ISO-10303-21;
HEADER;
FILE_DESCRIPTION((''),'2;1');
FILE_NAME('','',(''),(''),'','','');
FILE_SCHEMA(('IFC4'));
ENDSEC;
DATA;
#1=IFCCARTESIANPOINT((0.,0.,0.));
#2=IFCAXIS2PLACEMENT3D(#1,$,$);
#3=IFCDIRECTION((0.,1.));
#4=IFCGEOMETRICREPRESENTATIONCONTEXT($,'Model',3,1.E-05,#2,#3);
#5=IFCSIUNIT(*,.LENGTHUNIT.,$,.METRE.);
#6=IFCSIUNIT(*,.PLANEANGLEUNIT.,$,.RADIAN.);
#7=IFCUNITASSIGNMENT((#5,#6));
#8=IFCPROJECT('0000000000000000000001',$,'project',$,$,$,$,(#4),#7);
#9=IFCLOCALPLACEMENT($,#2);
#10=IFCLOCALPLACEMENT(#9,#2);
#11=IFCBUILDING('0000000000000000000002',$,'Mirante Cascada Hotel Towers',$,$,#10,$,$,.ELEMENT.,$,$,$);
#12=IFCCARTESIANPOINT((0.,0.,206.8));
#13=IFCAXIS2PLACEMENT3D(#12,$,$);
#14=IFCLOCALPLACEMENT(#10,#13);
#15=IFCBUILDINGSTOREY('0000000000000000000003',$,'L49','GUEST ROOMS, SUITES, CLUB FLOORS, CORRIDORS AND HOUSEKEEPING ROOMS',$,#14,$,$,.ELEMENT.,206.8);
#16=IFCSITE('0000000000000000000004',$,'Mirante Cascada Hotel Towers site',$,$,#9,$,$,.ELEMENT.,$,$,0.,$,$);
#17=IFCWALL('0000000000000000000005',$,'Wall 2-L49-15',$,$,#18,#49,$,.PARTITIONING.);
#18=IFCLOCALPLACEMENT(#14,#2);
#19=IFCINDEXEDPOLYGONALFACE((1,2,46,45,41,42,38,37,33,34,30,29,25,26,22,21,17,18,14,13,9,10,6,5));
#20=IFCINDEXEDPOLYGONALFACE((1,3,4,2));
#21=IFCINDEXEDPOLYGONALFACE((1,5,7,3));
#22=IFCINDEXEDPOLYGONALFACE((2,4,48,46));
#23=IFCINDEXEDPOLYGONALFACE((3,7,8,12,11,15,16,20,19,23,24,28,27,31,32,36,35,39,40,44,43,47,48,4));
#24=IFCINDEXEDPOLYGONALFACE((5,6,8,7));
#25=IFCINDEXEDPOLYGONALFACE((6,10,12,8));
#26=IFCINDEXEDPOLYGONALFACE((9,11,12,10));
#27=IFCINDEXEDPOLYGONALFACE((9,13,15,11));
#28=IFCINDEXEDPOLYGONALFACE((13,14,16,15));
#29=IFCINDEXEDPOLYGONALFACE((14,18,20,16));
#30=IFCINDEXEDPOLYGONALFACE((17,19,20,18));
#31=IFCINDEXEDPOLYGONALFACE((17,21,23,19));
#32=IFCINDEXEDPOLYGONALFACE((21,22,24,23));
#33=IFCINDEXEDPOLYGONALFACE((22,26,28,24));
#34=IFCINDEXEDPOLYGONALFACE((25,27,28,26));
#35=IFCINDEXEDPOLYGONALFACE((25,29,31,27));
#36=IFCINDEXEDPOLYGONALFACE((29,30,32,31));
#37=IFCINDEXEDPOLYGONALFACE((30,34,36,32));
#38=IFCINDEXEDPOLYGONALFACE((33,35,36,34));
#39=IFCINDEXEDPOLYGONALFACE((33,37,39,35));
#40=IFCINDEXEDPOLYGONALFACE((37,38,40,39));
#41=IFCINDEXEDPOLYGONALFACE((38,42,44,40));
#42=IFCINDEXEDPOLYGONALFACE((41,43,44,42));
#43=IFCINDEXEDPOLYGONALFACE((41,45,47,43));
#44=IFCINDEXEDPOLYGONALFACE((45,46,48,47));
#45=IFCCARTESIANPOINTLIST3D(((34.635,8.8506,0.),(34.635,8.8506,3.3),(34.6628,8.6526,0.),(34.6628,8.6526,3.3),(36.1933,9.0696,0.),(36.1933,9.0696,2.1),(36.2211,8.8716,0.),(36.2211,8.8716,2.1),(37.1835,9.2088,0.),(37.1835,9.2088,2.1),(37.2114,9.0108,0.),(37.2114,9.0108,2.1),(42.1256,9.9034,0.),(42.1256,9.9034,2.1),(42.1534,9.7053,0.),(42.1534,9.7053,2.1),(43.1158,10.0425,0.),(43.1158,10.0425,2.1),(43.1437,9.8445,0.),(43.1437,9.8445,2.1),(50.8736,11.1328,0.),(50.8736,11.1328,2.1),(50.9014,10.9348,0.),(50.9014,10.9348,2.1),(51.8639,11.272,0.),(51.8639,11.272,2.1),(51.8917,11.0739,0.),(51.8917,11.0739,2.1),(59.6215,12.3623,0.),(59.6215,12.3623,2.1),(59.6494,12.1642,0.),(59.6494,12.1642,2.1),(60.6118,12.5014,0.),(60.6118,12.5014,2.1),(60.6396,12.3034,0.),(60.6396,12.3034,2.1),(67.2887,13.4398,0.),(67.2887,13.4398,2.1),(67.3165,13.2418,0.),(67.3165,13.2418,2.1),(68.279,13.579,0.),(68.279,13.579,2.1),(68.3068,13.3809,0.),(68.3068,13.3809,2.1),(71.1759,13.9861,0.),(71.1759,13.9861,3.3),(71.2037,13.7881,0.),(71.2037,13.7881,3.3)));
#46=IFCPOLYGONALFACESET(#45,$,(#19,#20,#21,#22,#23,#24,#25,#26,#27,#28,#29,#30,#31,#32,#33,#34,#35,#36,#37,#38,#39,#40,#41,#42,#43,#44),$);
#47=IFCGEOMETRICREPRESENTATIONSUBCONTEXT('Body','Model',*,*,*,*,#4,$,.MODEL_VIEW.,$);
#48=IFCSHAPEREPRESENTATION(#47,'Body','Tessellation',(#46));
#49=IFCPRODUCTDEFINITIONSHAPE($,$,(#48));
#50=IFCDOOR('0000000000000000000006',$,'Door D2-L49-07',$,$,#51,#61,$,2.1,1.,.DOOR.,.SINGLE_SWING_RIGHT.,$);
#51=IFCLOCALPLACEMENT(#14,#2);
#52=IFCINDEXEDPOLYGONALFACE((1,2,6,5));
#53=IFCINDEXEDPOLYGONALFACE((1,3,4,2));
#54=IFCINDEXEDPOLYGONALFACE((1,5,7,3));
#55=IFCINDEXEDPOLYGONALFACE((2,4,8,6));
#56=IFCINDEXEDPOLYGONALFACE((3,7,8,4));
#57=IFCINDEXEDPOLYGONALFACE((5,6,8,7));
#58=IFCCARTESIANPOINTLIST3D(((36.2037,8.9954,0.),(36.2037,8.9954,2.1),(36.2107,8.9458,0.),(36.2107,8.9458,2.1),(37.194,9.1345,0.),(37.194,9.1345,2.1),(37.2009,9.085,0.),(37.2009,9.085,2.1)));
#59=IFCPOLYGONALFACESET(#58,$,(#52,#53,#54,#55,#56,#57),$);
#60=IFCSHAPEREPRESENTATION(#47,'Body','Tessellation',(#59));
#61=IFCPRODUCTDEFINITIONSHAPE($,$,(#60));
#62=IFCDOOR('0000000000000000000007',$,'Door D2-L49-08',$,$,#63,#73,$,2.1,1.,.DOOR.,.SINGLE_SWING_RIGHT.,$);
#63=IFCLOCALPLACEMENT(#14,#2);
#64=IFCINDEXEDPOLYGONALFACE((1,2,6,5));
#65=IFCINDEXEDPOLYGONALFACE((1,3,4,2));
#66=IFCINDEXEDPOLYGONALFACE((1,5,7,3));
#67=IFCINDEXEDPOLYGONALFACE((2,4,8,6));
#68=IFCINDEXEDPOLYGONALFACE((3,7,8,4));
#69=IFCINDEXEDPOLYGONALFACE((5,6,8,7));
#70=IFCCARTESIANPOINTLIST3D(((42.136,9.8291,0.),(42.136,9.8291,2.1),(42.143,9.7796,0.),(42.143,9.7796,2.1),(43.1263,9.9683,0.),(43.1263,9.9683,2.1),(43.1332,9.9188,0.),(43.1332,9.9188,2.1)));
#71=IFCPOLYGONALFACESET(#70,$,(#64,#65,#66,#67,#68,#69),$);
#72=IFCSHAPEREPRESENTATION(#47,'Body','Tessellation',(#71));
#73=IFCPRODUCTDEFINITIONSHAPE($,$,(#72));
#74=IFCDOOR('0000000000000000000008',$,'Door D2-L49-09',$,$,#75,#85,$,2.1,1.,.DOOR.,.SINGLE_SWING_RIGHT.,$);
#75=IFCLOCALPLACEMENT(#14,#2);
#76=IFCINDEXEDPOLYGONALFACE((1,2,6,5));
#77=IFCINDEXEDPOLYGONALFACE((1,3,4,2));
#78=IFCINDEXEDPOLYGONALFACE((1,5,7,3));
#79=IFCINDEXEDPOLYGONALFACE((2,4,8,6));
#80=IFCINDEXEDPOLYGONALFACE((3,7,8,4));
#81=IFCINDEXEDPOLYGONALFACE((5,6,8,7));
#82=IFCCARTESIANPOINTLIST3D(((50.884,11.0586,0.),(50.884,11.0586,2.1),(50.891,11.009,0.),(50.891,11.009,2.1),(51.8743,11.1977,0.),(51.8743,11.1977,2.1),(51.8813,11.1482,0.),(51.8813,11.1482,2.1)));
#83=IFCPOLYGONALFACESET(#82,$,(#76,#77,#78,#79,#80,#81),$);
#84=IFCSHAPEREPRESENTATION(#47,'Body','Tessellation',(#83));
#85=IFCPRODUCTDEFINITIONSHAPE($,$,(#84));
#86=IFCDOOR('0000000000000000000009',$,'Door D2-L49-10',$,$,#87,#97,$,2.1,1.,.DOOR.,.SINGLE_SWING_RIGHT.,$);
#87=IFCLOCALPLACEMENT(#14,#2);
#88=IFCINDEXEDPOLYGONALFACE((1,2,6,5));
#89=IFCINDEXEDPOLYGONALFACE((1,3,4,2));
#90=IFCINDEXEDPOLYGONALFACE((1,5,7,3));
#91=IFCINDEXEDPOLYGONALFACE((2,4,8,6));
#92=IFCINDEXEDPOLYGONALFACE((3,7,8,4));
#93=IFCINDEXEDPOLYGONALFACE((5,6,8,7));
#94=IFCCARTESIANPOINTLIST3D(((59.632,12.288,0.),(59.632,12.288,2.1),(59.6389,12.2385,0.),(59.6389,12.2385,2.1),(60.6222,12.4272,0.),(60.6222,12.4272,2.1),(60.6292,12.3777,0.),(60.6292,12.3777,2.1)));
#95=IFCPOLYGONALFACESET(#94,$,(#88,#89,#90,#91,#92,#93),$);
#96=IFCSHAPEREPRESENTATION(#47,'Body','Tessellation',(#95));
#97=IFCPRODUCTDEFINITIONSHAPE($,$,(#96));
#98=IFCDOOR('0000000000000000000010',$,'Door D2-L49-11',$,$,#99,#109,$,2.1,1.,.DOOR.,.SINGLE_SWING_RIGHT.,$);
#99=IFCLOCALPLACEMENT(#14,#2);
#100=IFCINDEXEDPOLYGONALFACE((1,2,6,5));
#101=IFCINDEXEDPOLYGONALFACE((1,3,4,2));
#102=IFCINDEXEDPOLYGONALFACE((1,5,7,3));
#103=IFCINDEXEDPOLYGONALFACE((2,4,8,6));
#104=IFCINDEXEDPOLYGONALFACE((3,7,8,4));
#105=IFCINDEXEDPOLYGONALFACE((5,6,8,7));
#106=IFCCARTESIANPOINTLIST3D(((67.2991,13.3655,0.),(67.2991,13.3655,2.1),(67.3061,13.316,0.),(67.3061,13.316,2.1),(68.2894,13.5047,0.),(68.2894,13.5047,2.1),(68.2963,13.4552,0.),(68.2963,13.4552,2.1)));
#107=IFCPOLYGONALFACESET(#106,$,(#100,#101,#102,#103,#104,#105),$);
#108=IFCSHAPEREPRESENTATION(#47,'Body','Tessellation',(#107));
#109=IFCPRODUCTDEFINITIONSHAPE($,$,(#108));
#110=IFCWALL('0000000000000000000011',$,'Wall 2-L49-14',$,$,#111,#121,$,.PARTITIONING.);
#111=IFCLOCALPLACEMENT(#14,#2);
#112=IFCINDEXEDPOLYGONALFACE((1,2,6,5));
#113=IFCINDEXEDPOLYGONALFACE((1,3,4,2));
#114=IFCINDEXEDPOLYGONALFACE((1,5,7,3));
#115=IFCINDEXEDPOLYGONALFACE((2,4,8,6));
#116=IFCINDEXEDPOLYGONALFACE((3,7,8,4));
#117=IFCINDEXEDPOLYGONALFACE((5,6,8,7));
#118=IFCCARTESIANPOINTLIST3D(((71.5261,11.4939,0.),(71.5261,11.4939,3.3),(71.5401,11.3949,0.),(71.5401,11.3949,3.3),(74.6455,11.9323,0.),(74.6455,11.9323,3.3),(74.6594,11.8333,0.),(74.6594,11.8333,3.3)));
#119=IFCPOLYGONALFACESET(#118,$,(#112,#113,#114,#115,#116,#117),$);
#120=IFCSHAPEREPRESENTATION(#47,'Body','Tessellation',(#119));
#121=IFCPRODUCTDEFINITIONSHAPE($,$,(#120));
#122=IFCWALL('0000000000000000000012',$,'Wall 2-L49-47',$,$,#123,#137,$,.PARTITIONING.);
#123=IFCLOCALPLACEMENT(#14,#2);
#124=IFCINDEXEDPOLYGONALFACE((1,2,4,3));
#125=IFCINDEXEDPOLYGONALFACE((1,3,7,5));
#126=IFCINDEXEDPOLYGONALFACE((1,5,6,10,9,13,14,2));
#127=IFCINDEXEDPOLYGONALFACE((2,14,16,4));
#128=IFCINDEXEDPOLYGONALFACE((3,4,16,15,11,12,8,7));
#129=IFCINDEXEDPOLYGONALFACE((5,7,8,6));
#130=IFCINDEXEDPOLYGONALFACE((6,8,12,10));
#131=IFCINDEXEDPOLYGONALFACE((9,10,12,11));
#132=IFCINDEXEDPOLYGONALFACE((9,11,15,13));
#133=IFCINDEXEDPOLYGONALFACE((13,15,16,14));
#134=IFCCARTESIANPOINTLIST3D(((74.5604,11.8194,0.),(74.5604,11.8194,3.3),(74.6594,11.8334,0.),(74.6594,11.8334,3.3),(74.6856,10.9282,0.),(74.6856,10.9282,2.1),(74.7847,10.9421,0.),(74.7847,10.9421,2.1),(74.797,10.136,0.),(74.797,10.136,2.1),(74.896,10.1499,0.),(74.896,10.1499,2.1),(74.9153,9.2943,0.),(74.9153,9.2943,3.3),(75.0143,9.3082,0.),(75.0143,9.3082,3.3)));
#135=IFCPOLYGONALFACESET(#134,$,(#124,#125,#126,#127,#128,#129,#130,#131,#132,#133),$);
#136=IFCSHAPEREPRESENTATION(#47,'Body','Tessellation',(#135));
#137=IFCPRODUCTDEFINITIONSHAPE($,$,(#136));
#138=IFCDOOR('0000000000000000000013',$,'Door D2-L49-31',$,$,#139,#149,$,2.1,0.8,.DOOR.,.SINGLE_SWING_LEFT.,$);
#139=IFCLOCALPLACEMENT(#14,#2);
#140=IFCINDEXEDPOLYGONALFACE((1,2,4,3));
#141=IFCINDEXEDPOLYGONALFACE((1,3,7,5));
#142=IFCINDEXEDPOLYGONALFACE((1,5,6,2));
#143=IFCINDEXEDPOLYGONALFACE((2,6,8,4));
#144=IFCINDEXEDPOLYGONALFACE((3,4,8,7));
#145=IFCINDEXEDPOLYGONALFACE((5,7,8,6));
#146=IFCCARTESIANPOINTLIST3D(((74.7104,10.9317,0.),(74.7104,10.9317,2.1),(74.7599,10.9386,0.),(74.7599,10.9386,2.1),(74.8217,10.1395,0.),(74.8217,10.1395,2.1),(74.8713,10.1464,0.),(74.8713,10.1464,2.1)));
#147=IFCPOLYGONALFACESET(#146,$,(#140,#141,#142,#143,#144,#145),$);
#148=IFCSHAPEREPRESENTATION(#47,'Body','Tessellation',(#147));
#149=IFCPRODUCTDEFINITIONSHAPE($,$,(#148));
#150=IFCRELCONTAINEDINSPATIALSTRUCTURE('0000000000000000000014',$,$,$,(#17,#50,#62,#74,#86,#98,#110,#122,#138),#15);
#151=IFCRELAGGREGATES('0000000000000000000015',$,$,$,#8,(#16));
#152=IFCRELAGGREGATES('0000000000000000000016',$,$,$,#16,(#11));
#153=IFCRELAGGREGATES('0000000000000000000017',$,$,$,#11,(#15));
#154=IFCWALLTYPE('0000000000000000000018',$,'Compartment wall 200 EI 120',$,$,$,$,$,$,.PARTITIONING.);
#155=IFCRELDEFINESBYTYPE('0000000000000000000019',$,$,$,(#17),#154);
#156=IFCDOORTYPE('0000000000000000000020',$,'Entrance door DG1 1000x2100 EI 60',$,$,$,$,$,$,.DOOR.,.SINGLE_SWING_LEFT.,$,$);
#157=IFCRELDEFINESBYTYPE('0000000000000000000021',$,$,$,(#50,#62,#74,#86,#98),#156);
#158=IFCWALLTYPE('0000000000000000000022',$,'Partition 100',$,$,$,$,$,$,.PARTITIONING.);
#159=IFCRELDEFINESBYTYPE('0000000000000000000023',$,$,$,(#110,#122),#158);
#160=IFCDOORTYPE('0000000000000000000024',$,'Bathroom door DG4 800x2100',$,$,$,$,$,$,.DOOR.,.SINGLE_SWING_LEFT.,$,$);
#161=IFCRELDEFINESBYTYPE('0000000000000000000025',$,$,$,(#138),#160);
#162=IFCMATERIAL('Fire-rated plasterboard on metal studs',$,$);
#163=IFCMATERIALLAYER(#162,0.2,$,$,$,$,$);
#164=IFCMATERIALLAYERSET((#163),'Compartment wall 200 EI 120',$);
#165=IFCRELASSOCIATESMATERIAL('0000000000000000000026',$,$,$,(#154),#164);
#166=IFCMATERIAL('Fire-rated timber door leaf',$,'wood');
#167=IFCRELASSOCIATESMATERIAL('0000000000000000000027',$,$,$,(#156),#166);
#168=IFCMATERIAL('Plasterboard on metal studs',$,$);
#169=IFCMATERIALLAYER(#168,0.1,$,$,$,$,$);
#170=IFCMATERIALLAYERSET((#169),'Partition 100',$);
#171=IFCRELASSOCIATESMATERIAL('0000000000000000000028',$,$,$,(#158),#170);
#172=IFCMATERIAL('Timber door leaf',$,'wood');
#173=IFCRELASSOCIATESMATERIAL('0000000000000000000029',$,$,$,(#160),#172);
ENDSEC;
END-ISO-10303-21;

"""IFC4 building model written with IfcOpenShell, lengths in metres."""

from ifc_helpers import new_model, si_unit, direction, frame, frame_2d, origin, place, context, subcontext, project, spatial, rectangle, extrude, material, layer, layer_set, type_object, element, fill, save


model = new_model("IFC4")

# Units and contexts
model_context = context("Model", 3, precision=1e-05, world=origin(), true_north=direction((0.0, 1.0)))
body_context = subcontext(model_context, "Body", "Model", "MODEL_VIEW")
ifc_project = project(units=[si_unit("LENGTHUNIT", "METRE"), si_unit("PLANEANGLEUNIT", "RADIAN")], contexts=[model_context])

# Site, building, storey
site_placement = place(None, origin())
site = spatial("IfcSite", under=ifc_project, at=site_placement, Name="Mirante Cascada Hotel Towers site", CompositionType="ELEMENT", RefElevation=0.0)
building_placement = place(site_placement, origin())
building = spatial("IfcBuilding", under=site, at=building_placement, Name="Mirante Cascada Hotel Towers", CompositionType="ELEMENT")
storey_placement = place(building_placement, frame((0.0, 0.0, 206.8)))
storey = spatial("IfcBuildingStorey", under=building, at=storey_placement, Name="L49", Description="GUEST ROOMS, SUITES, CLUB FLOORS, CORRIDORS AND HOUSEKEEPING ROOMS", CompositionType="ELEMENT", Elevation=206.8)

# Shared definitions
ifc_material_1 = material(Name="Fire-rated plasterboard on metal studs")
ifc_layer_1 = layer(ifc_material_1, 0.2)
ifc_layer_set_1 = layer_set([ifc_layer_1], Name="Compartment wall 200 EI 120")
wall_type_1 = type_object("IfcWallType", Name="Compartment wall 200 EI 120", PredefinedType="PARTITIONING", material=ifc_layer_set_1)

# Wall, openings, doors
wall_1_placement = place(storey_placement, frame((71.1898, 13.8871, 0.0), z_axis=(0.0, 0.0, 1.0), x_axis=(-0.990268, -0.139173, 0.0)))
wall_1 = element("IfcWall", 1, at=wall_1_placement, inside=storey, type_object=wall_type_1, Name="Wall 2-L49-15", PredefinedType="PARTITIONING", context=body_context, shape_type="SweptSolid", body=[
    extrude(rectangle(XDim=36.9, YDim=0.2, at=frame_2d((18.45, 0.0))), origin(), (0.0, 0.0, 1.0), 3.3),
])
opening_1_placement = place(wall_1_placement, frame((34.3264, 0.0, 0.0)))
opening_1 = element("IfcOpeningElement", 2, at=opening_1_placement, cuts=wall_1, PredefinedType="OPENING", context=body_context, shape_type="SweptSolid", body=[
    extrude(rectangle(XDim=1.0, YDim=2.1, at=frame_2d((0.5, 1.05))), frame((0.0, 0.1, 0.0), z_axis=(0.0, -1.0, 0.0), x_axis=(1.0, 0.0, 0.0)), (0.0, 0.0, 1.0), 0.2),
])
opening_2_placement = place(wall_1_placement, frame((28.3358, 0.0, 0.0)))
opening_2 = element("IfcOpeningElement", 3, at=opening_2_placement, cuts=wall_1, PredefinedType="OPENING", context=body_context, shape_type="SweptSolid", body=[
    extrude(rectangle(XDim=1.0, YDim=2.1, at=frame_2d((0.5, 1.05))), frame((0.0, 0.1, 0.0), z_axis=(0.0, -1.0, 0.0), x_axis=(1.0, 0.0, 0.0)), (0.0, 0.0, 1.0), 0.2),
])
opening_3_placement = place(wall_1_placement, frame((19.5018, 0.0, 0.0)))
opening_3 = element("IfcOpeningElement", 4, at=opening_3_placement, cuts=wall_1, PredefinedType="OPENING", context=body_context, shape_type="SweptSolid", body=[
    extrude(rectangle(XDim=1.0, YDim=2.1, at=frame_2d((0.5, 1.05))), frame((0.0, 0.1, 0.0), z_axis=(0.0, -1.0, 0.0), x_axis=(1.0, 0.0, 0.0)), (0.0, 0.0, 1.0), 0.2),
])
opening_4_placement = place(wall_1_placement, frame((10.6679, 0.0, 0.0)))
opening_4 = element("IfcOpeningElement", 5, at=opening_4_placement, cuts=wall_1, PredefinedType="OPENING", context=body_context, shape_type="SweptSolid", body=[
    extrude(rectangle(XDim=1.0, YDim=2.1, at=frame_2d((0.5, 1.05))), frame((0.0, 0.1, 0.0), z_axis=(0.0, -1.0, 0.0), x_axis=(1.0, 0.0, 0.0)), (0.0, 0.0, 1.0), 0.2),
])
opening_5_placement = place(wall_1_placement, frame((2.9254, 0.0, 0.0)))
opening_5 = element("IfcOpeningElement", 6, at=opening_5_placement, cuts=wall_1, PredefinedType="OPENING", context=body_context, shape_type="SweptSolid", body=[
    extrude(rectangle(XDim=1.0, YDim=2.1, at=frame_2d((0.5, 1.05))), frame((0.0, 0.1, 0.0), z_axis=(0.0, -1.0, 0.0), x_axis=(1.0, 0.0, 0.0)), (0.0, 0.0, 1.0), 0.2),
])
ifc_material_2 = material(Name="Fire-rated timber door leaf", Category="wood")
door_type_1 = type_object("IfcDoorType", Name="Entrance door DG1 1000x2100 EI 60", OperationType="SINGLE_SWING_LEFT", PredefinedType="DOOR", material=ifc_material_2)
door_1_placement = place(opening_1_placement, frame((1.0, 0.0, 0.0), z_axis=(0.0, 0.0, 1.0), x_axis=(-1.0, 0.0, 0.0)))
door_1 = element("IfcDoor", 7, at=door_1_placement, inside=storey, type_object=door_type_1, Name="Door D2-L49-07", OperationType="SINGLE_SWING_RIGHT", OverallHeight=2.1, OverallWidth=1.0, PredefinedType="DOOR", context=body_context, shape_type="SweptSolid", body=[
    extrude(rectangle(XDim=1.0, YDim=2.1, at=frame_2d((0.5, 1.05))), frame((0.0, 0.025, 0.0), z_axis=(0.0, -1.0, 0.0), x_axis=(1.0, 0.0, 0.0)), (0.0, 0.0, 1.0), 0.05),
])
fill(opening_1, door_1)
door_2_placement = place(opening_2_placement, frame((1.0, 0.0, 0.0), z_axis=(0.0, 0.0, 1.0), x_axis=(-1.0, 0.0, 0.0)))
door_2 = element("IfcDoor", 8, at=door_2_placement, inside=storey, type_object=door_type_1, Name="Door D2-L49-08", OperationType="SINGLE_SWING_RIGHT", OverallHeight=2.1, OverallWidth=1.0, PredefinedType="DOOR", context=body_context, shape_type="SweptSolid", body=[
    extrude(rectangle(XDim=1.0, YDim=2.1, at=frame_2d((0.5, 1.05))), frame((0.0, 0.025, 0.0), z_axis=(0.0, -1.0, 0.0), x_axis=(1.0, 0.0, 0.0)), (0.0, 0.0, 1.0), 0.05),
])
fill(opening_2, door_2)
door_3_placement = place(opening_3_placement, frame((1.0, 0.0, 0.0), z_axis=(0.0, 0.0, 1.0), x_axis=(-1.0, 0.0, 0.0)))
door_3 = element("IfcDoor", 9, at=door_3_placement, inside=storey, type_object=door_type_1, Name="Door D2-L49-09", OperationType="SINGLE_SWING_RIGHT", OverallHeight=2.1, OverallWidth=1.0, PredefinedType="DOOR", context=body_context, shape_type="SweptSolid", body=[
    extrude(rectangle(XDim=1.0, YDim=2.1, at=frame_2d((0.5, 1.05))), frame((0.0, 0.025, 0.0), z_axis=(0.0, -1.0, 0.0), x_axis=(1.0, 0.0, 0.0)), (0.0, 0.0, 1.0), 0.05),
])
fill(opening_3, door_3)
door_4_placement = place(opening_4_placement, frame((1.0, 0.0, 0.0), z_axis=(0.0, 0.0, 1.0), x_axis=(-1.0, 0.0, 0.0)))
door_4 = element("IfcDoor", 10, at=door_4_placement, inside=storey, type_object=door_type_1, Name="Door D2-L49-10", OperationType="SINGLE_SWING_RIGHT", OverallHeight=2.1, OverallWidth=1.0, PredefinedType="DOOR", context=body_context, shape_type="SweptSolid", body=[
    extrude(rectangle(XDim=1.0, YDim=2.1, at=frame_2d((0.5, 1.05))), frame((0.0, 0.025, 0.0), z_axis=(0.0, -1.0, 0.0), x_axis=(1.0, 0.0, 0.0)), (0.0, 0.0, 1.0), 0.05),
])
fill(opening_4, door_4)
door_5_placement = place(opening_5_placement, frame((1.0, 0.0, 0.0), z_axis=(0.0, 0.0, 1.0), x_axis=(-1.0, 0.0, 0.0)))
door_5 = element("IfcDoor", 11, at=door_5_placement, inside=storey, type_object=door_type_1, Name="Door D2-L49-11", OperationType="SINGLE_SWING_RIGHT", OverallHeight=2.1, OverallWidth=1.0, PredefinedType="DOOR", context=body_context, shape_type="SweptSolid", body=[
    extrude(rectangle(XDim=1.0, YDim=2.1, at=frame_2d((0.5, 1.05))), frame((0.0, 0.025, 0.0), z_axis=(0.0, -1.0, 0.0), x_axis=(1.0, 0.0, 0.0)), (0.0, 0.0, 1.0), 0.05),
])
fill(opening_5, door_5)

# Wall
ifc_material_3 = material(Name="Plasterboard on metal studs")
ifc_layer_2 = layer(ifc_material_3, 0.1)
ifc_layer_set_2 = layer_set([ifc_layer_2], Name="Partition 100")
wall_type_2 = type_object("IfcWallType", Name="Partition 100", PredefinedType="PARTITIONING", material=ifc_layer_set_2)
wall_2_placement = place(storey_placement, frame((71.5331, 11.4444, 0.0), z_axis=(0.0, 0.0, 1.0), x_axis=(0.990268, 0.139177, 0.0)))
element("IfcWall", 12, at=wall_2_placement, inside=storey, type_object=wall_type_2, Name="Wall 2-L49-14", PredefinedType="PARTITIONING", context=body_context, shape_type="SweptSolid", body=[
    extrude(rectangle(XDim=3.15, YDim=0.1, at=frame_2d((1.575, 0.0))), origin(), (0.0, 0.0, 1.0), 3.3),
])

# Wall, opening, door
wall_3_placement = place(storey_placement, frame((74.6099, 11.8264, 0.0), z_axis=(0.0, 0.0, 1.0), x_axis=(0.139176, -0.990268, 0.0)))
wall_3 = element("IfcWall", 13, at=wall_3_placement, inside=storey, type_object=wall_type_2, Name="Wall 2-L49-47", PredefinedType="PARTITIONING", context=body_context, shape_type="SweptSolid", body=[
    extrude(rectangle(XDim=2.55, YDim=0.1, at=frame_2d((1.275, 0.0))), origin(), (0.0, 0.0, 1.0), 3.3),
])
opening_6_placement = place(wall_3_placement, frame((0.9, 0.0, 0.0)))
opening_6 = element("IfcOpeningElement", 14, at=opening_6_placement, cuts=wall_3, PredefinedType="OPENING", context=body_context, shape_type="SweptSolid", body=[
    extrude(rectangle(XDim=0.8, YDim=2.1, at=frame_2d((0.4, 1.05))), frame((0.0, 0.05, 0.0), z_axis=(0.0, -1.0, 0.0), x_axis=(1.0, 0.0, 0.0)), (0.0, 0.0, 1.0), 0.1),
])
ifc_material_4 = material(Name="Timber door leaf", Category="wood")
door_type_2 = type_object("IfcDoorType", Name="Bathroom door DG4 800x2100", OperationType="SINGLE_SWING_LEFT", PredefinedType="DOOR", material=ifc_material_4)
door_6_placement = place(opening_6_placement, origin())
door_6 = element("IfcDoor", 15, at=door_6_placement, inside=storey, type_object=door_type_2, Name="Door D2-L49-31", OperationType="SINGLE_SWING_LEFT", OverallHeight=2.1, OverallWidth=0.8, PredefinedType="DOOR", context=body_context, shape_type="SweptSolid", body=[
    extrude(rectangle(XDim=0.8, YDim=2.1, at=frame_2d((0.4, 1.05))), frame((0.0, 0.025, 0.0), z_axis=(0.0, -1.0, 0.0), x_axis=(1.0, 0.0, 0.0)), (0.0, 0.0, 1.0), 0.05),
])
fill(opening_6, door_6)

save(model, "model.ifc")
